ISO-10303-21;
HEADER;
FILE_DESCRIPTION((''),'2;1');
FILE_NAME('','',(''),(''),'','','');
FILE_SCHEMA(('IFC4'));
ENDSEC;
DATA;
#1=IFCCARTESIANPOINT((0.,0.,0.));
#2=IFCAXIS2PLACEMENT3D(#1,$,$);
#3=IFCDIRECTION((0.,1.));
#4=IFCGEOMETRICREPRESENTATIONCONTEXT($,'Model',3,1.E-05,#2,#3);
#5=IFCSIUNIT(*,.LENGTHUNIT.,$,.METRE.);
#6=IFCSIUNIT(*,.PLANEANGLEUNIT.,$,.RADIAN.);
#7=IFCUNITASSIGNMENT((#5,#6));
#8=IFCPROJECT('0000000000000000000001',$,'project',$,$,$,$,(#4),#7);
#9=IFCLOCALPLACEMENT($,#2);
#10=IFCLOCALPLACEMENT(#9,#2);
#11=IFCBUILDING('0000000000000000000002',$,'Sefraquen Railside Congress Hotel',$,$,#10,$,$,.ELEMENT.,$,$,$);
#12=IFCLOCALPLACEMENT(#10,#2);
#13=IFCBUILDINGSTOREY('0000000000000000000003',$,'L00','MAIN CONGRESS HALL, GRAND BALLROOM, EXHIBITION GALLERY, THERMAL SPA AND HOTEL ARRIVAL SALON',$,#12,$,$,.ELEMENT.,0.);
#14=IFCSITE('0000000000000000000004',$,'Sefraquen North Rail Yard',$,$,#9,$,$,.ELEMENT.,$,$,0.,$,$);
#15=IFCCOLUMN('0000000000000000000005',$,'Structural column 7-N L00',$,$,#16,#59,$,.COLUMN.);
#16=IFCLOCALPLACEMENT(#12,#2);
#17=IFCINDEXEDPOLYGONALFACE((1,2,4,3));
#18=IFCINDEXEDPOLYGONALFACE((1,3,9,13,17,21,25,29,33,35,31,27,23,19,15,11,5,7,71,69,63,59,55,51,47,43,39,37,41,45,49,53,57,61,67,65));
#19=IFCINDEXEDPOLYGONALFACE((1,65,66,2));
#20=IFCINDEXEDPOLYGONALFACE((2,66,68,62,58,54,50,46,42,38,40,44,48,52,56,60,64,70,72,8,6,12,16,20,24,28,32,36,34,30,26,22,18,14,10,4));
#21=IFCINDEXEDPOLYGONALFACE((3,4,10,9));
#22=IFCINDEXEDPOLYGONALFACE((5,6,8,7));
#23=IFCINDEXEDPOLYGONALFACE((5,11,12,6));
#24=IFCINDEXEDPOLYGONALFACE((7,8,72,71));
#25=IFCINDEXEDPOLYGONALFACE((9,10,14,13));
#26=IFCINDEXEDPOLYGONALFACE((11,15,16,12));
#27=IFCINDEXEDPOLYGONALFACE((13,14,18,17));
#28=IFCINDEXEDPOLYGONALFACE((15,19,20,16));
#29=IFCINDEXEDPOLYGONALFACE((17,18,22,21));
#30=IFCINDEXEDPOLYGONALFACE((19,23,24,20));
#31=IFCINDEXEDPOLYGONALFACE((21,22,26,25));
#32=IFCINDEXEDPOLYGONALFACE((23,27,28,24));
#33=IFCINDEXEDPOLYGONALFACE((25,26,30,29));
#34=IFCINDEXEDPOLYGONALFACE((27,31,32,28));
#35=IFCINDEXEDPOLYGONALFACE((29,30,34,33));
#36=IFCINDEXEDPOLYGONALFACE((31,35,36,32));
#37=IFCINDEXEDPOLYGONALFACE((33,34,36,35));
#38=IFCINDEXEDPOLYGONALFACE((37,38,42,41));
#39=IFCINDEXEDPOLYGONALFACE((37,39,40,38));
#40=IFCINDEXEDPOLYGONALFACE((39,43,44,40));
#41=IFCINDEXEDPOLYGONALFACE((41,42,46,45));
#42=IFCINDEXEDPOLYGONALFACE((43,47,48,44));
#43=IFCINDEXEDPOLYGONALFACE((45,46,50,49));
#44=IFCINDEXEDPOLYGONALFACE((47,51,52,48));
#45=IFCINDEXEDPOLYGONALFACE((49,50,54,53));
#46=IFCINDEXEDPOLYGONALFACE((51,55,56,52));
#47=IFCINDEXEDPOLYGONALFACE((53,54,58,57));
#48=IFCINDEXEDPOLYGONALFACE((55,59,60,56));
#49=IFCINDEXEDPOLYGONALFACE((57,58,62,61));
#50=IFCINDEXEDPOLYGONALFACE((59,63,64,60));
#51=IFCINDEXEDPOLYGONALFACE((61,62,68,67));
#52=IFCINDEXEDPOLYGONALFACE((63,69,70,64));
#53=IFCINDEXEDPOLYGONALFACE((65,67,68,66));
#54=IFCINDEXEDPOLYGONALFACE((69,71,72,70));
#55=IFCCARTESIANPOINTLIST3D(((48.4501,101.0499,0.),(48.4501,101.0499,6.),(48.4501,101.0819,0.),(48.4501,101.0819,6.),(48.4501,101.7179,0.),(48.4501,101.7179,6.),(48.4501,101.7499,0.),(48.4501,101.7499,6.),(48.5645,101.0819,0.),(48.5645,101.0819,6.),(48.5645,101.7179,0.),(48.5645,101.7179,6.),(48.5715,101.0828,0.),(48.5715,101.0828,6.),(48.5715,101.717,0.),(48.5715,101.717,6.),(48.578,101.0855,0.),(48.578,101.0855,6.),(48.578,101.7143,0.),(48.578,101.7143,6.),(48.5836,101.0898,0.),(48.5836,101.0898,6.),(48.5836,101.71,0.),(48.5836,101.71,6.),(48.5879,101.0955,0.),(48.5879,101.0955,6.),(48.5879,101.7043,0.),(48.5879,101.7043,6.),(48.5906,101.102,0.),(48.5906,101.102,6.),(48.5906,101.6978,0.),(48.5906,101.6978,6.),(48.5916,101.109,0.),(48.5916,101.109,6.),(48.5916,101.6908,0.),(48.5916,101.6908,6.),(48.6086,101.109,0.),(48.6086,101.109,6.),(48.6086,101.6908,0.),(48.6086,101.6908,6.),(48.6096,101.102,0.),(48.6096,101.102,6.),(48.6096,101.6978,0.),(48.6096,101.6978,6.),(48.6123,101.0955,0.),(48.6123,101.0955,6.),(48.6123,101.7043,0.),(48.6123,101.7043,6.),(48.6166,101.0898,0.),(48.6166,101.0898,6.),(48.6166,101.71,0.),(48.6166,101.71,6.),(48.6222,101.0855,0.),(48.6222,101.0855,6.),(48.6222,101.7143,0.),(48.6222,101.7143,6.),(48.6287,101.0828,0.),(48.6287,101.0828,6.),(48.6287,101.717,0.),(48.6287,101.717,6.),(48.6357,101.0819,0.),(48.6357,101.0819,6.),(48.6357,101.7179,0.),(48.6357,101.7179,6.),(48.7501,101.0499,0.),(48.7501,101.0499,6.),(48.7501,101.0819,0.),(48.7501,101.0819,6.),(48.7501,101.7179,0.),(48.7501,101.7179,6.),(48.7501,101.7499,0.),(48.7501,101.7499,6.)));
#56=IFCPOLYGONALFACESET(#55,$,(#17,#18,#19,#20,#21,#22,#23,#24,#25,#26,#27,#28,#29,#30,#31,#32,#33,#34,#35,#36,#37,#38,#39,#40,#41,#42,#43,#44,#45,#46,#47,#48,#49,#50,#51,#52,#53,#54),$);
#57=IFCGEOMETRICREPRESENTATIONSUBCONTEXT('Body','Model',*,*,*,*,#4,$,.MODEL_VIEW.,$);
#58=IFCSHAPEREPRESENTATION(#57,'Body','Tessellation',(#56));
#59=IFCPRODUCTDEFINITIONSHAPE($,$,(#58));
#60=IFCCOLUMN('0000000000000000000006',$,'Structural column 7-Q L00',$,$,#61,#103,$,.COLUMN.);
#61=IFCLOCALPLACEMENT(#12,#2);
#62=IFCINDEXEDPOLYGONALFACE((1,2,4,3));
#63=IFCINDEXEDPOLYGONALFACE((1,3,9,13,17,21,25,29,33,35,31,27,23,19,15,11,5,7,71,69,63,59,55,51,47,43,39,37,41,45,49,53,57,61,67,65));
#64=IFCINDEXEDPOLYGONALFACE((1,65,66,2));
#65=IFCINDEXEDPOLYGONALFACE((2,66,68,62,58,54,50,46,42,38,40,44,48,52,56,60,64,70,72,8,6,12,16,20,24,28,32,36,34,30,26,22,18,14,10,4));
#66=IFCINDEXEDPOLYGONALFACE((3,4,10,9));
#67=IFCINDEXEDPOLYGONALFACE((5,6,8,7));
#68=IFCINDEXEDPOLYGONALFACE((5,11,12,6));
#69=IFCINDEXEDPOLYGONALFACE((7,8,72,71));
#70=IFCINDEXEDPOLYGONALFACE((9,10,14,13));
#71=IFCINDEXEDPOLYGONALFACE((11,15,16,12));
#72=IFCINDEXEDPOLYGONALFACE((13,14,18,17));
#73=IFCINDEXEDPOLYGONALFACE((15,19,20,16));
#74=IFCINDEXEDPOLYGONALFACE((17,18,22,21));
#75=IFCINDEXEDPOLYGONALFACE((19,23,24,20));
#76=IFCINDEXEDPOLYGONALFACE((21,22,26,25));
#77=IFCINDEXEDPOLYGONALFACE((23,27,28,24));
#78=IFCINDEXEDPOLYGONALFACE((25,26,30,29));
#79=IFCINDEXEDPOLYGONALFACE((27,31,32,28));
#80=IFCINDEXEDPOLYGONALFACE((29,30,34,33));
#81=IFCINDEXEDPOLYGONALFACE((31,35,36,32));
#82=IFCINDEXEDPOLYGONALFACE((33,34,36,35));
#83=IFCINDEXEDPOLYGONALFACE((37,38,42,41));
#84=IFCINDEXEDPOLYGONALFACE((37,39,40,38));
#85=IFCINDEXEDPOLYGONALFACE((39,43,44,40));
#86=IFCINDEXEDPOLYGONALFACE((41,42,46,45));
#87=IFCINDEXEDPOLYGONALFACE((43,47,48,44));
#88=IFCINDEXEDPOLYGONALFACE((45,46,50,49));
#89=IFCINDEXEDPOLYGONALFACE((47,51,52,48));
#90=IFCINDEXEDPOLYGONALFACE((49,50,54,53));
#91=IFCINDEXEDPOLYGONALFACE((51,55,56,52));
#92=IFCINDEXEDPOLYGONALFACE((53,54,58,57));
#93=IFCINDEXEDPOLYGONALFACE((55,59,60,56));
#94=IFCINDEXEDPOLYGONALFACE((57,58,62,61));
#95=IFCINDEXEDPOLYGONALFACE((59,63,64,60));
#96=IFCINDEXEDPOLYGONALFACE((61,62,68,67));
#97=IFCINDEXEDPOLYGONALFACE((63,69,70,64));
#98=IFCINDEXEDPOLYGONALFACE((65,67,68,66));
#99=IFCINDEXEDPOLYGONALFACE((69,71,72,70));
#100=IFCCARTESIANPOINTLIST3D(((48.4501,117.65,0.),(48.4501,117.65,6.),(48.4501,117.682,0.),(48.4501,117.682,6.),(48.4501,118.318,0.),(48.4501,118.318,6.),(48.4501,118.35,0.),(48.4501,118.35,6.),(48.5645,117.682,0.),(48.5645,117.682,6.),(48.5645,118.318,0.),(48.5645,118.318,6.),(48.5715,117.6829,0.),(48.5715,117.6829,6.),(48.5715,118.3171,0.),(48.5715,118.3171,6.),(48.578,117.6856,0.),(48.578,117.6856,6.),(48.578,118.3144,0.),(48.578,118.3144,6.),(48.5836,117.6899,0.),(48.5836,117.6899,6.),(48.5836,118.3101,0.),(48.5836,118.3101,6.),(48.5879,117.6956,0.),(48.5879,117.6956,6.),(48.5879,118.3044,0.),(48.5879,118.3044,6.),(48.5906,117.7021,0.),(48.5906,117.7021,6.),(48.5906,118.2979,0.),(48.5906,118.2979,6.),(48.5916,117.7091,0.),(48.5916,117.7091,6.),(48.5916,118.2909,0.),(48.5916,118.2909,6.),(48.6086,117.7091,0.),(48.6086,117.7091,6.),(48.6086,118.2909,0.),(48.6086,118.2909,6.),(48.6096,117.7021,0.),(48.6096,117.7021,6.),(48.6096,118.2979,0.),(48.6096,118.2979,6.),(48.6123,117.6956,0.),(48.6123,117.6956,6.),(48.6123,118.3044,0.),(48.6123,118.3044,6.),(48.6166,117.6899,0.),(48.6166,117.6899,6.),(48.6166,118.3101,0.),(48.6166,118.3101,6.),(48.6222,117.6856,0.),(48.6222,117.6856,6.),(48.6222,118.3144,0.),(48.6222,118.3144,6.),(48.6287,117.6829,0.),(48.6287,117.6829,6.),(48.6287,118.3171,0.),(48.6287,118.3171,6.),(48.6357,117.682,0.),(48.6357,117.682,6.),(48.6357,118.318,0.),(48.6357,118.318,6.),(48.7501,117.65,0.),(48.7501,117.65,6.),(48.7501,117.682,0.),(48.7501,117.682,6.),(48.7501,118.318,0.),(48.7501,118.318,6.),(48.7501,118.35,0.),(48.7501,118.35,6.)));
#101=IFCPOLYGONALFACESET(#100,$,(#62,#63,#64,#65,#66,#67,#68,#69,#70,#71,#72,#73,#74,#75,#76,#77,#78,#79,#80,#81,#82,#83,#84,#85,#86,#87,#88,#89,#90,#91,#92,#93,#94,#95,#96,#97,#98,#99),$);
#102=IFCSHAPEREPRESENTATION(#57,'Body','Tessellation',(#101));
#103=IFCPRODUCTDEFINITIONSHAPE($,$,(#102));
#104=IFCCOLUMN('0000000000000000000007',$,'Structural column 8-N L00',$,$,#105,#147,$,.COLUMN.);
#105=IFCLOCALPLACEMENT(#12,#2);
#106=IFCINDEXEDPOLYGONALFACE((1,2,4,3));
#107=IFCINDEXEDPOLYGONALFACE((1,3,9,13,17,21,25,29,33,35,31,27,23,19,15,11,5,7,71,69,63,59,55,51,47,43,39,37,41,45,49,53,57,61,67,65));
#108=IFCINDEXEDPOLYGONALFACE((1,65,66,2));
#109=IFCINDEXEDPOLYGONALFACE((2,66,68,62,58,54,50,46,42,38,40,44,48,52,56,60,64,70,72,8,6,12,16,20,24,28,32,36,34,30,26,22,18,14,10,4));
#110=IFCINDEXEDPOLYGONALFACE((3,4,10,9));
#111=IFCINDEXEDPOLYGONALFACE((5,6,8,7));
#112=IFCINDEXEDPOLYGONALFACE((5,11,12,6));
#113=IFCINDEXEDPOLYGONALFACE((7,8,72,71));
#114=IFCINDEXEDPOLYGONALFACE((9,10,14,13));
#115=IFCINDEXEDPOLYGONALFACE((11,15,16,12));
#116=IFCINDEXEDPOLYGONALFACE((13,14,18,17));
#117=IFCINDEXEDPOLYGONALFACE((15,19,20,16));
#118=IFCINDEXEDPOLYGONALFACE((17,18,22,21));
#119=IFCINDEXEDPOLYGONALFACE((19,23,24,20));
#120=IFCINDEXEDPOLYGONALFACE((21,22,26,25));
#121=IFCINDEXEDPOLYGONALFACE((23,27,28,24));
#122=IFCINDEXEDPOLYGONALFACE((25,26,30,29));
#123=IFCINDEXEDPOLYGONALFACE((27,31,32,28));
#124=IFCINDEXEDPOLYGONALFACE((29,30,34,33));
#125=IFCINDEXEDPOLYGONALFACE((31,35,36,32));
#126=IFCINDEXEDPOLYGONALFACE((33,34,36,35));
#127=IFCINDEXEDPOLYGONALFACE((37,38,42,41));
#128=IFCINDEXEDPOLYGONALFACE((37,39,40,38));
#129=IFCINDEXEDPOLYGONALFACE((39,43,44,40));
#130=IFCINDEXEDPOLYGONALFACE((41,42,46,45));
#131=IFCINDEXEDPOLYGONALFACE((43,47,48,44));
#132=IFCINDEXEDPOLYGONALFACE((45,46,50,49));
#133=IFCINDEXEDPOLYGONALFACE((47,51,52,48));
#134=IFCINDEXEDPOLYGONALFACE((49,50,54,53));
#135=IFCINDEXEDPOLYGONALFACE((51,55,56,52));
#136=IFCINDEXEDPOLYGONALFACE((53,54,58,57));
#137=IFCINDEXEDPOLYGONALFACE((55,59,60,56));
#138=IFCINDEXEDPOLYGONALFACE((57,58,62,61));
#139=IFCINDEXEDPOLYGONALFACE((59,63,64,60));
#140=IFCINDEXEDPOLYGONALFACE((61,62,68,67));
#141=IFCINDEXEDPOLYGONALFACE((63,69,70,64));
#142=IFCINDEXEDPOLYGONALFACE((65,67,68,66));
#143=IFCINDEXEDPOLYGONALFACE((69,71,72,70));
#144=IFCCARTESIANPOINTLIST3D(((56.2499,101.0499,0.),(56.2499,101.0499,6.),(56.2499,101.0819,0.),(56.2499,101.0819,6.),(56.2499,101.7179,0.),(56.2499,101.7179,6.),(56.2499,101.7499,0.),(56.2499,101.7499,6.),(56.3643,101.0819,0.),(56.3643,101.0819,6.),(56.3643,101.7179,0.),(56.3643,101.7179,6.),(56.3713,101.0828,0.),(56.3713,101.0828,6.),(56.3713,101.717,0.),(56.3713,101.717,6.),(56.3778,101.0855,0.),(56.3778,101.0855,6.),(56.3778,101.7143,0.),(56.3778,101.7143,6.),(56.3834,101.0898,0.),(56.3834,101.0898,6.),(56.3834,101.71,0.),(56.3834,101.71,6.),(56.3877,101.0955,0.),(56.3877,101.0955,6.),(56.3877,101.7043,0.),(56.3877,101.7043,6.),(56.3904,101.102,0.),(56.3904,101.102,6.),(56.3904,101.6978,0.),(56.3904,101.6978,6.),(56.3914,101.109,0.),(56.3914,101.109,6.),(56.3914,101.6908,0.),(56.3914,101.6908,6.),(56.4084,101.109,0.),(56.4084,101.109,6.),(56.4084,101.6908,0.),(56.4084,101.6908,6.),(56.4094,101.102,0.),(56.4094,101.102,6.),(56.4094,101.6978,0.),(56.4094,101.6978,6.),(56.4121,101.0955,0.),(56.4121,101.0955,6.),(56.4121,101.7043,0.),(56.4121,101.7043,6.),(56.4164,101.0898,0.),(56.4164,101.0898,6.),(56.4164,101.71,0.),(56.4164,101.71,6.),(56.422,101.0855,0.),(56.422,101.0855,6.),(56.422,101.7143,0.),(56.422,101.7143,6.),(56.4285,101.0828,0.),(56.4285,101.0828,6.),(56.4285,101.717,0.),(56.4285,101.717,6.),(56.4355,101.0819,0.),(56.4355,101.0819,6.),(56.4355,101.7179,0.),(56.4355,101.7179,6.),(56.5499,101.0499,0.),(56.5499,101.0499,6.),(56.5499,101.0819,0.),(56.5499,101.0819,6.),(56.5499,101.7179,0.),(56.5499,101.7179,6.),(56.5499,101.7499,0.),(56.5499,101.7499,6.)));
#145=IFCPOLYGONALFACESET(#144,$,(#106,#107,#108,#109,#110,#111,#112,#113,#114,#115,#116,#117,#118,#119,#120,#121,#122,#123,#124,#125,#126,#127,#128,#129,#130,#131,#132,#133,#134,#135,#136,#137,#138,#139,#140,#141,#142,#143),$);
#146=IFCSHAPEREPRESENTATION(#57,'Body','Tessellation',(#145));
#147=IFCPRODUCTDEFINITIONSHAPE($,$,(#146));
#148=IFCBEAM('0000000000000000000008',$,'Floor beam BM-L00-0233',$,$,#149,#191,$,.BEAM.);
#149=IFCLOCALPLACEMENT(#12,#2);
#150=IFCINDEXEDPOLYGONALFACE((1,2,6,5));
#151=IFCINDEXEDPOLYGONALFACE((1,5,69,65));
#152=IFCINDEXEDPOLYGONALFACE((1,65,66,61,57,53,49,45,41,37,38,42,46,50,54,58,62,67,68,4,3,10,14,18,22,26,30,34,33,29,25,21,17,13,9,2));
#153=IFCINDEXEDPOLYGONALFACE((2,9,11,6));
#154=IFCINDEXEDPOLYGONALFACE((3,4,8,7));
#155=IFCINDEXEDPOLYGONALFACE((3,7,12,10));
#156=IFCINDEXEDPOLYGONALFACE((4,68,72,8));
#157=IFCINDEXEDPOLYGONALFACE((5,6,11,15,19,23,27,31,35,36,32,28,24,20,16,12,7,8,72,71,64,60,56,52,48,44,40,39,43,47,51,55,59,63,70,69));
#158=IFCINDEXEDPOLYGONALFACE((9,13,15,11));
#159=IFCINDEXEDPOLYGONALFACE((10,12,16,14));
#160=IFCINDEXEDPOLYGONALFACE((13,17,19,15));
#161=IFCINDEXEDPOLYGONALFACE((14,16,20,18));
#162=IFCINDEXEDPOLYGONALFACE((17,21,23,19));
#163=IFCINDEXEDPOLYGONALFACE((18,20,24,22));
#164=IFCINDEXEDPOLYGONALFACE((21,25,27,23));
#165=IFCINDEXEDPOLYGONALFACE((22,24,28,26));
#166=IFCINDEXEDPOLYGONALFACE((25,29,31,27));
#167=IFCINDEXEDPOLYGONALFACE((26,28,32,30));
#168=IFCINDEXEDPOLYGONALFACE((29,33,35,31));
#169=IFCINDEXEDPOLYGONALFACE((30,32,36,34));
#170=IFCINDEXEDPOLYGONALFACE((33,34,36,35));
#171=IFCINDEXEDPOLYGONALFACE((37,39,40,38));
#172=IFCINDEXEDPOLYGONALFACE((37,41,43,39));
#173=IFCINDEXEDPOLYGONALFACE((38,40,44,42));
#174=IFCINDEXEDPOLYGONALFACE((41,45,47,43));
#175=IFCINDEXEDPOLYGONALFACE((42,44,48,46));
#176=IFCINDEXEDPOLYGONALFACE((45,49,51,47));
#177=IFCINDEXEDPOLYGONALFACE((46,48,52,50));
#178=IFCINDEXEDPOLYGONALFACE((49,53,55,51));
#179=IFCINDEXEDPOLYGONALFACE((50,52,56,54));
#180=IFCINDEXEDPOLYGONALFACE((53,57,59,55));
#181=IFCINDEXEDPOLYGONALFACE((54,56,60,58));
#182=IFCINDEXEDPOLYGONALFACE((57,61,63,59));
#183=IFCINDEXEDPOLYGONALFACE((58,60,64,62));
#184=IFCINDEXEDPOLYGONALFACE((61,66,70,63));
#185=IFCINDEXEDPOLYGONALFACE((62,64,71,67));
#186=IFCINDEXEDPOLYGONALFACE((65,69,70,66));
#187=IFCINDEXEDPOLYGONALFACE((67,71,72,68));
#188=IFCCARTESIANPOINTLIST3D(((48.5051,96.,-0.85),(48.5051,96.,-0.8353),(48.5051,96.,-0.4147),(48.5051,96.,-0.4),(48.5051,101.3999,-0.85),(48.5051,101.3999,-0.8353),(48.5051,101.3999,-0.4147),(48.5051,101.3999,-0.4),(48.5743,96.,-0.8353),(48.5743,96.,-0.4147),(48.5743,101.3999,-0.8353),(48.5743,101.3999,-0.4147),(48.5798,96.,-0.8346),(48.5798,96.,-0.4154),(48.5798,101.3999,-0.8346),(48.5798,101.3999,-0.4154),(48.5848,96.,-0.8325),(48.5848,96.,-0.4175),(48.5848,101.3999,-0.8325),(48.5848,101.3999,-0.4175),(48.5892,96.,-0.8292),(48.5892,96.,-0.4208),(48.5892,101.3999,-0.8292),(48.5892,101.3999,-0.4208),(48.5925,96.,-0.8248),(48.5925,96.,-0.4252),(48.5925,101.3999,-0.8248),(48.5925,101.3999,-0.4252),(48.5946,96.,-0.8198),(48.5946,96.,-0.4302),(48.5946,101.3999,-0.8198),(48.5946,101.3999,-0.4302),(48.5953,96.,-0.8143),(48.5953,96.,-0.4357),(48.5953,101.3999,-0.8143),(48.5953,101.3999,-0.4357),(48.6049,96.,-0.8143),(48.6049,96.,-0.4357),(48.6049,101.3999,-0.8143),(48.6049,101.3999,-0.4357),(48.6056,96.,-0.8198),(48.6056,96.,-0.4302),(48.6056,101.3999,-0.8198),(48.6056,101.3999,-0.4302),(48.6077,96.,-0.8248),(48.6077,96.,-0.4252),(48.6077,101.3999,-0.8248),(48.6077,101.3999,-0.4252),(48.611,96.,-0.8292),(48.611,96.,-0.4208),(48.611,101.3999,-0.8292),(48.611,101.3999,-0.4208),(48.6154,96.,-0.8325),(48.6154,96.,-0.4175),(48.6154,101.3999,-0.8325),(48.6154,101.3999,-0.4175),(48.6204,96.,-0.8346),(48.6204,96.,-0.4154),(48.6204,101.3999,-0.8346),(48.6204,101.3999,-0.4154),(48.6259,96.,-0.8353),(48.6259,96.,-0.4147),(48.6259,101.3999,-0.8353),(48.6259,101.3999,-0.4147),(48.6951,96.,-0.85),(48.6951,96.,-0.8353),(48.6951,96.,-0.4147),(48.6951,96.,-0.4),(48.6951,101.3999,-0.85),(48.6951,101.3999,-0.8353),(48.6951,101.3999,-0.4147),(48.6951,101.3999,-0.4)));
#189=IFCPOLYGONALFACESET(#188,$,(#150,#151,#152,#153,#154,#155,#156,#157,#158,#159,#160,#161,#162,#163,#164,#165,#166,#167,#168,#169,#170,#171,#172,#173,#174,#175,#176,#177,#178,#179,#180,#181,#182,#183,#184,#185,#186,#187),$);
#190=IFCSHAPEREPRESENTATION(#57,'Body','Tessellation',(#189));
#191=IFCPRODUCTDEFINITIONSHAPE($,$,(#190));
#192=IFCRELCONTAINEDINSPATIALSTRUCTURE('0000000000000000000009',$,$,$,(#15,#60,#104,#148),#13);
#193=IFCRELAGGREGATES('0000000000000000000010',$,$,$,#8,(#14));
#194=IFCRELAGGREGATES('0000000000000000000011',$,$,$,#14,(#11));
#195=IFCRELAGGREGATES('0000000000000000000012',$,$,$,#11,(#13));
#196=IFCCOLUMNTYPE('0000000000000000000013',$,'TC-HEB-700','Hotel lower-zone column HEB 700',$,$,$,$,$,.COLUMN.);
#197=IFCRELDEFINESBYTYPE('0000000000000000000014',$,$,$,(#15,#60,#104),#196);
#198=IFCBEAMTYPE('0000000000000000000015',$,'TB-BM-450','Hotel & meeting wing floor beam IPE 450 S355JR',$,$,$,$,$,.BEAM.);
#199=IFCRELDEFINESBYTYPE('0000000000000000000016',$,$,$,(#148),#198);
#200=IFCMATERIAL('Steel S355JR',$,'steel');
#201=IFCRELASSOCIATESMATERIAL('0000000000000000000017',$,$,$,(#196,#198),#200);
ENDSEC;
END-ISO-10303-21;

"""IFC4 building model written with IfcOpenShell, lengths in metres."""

from ifc_helpers import new_model, si_unit, direction, frame, origin, origin_2d, place, context, subcontext, project, spatial, i_section, extrude, material, material_profile, profile_set, type_object, element, save


model = new_model("IFC4")

# Units and contexts
model_context = context("Model", 3, precision=1e-05, world=origin(), true_north=direction((0.0, 1.0)))
body_context = subcontext(model_context, "Body", "Model", "MODEL_VIEW")
ifc_project = project(units=[si_unit("LENGTHUNIT", "METRE"), si_unit("PLANEANGLEUNIT", "RADIAN")], contexts=[model_context])

# Site, building, storey
site_placement = place(None, origin())
site = spatial("IfcSite", under=ifc_project, at=site_placement, Name="Sefraquen North Rail Yard", CompositionType="ELEMENT", RefElevation=0.0)
building_placement = place(site_placement, origin())
building = spatial("IfcBuilding", under=site, at=building_placement, Name="Sefraquen Railside Congress Hotel", CompositionType="ELEMENT")
storey_placement = place(building_placement, origin())
storey = spatial("IfcBuildingStorey", under=building, at=storey_placement, Name="L00", Description="MAIN CONGRESS HALL, GRAND BALLROOM, EXHIBITION GALLERY, THERMAL SPA AND HOTEL ARRIVAL SALON", CompositionType="ELEMENT", Elevation=0.0)

# Columns
ifc_material_1 = material(Name="Steel S355JR", Category="steel")
ifc_material_profile_1 = material_profile(ifc_material_1, i_section(OverallWidth=0.3, OverallDepth=0.7, WebThickness=0.0171, FlangeThickness=0.032, FilletRadius=0.0271, at=origin_2d()), Name="HEB 700")
ifc_profile_set_1 = profile_set([ifc_material_profile_1], Name="Steel S355JR")
column_type_1 = type_object("IfcColumnType", Name="TC-HEB-700", Description="Hotel lower-zone column HEB 700", PredefinedType="COLUMN", material=ifc_profile_set_1)
for number, where, z_axis, x_axis, name in (
    (1, (48.6001, 101.3999, 0.0), (0.0, 0.0, 1.0), (1.0, 0.0, 0.0), "Structural column 7-N L00"),
    (2, (48.6001, 118.0, 0.0), (0.0, 0.0, 1.0), (1.0, 0.0, 0.0), "Structural column 7-Q L00"),
    (3, (56.3999, 101.3999, 0.0), (0.0, 0.0, 1.0), (1.0, 0.0, 0.0), "Structural column 8-N L00"),
):
    element("IfcColumn", number, at=place(storey_placement, frame(where, z_axis=z_axis, x_axis=x_axis)), inside=storey, type_object=column_type_1, Name=name, PredefinedType="COLUMN", context=body_context, shape_type="SweptSolid", body=[
        extrude(i_section(OverallWidth=0.3, OverallDepth=0.7, WebThickness=0.0171, FlangeThickness=0.032, FilletRadius=0.0271, at=origin_2d()), origin(), (0.0, 0.0, 1.0), 6.0),
    ])

# Beam
ifc_material_profile_2 = material_profile(ifc_material_1, i_section(OverallWidth=0.1899, OverallDepth=0.45, WebThickness=0.0095, FlangeThickness=0.0146, FilletRadius=0.021, at=origin_2d()), Name="IPE 450")
ifc_profile_set_2 = profile_set([ifc_material_profile_2], Name="Steel S355JR")
beam_type_1 = type_object("IfcBeamType", Name="TB-BM-450", Description="Hotel & meeting wing floor beam IPE 450 S355JR", PredefinedType="BEAM", material=ifc_profile_set_2)
beam_1_placement = place(storey_placement, frame((48.6001, 96.0, -0.625), z_axis=(0.0, 1.0, 0.0), x_axis=(-1.0, 0.0, 0.0)))
element("IfcBeam", 4, at=beam_1_placement, inside=storey, type_object=beam_type_1, Name="Floor beam BM-L00-0233", PredefinedType="BEAM", context=body_context, shape_type="SweptSolid", body=[
    extrude(i_section(OverallWidth=0.1899, OverallDepth=0.45, WebThickness=0.0095, FlangeThickness=0.0146, FilletRadius=0.021, at=origin_2d()), origin(), (0.0, 0.0, 1.0), 5.3999),
])

save(model, "model.ifc")
